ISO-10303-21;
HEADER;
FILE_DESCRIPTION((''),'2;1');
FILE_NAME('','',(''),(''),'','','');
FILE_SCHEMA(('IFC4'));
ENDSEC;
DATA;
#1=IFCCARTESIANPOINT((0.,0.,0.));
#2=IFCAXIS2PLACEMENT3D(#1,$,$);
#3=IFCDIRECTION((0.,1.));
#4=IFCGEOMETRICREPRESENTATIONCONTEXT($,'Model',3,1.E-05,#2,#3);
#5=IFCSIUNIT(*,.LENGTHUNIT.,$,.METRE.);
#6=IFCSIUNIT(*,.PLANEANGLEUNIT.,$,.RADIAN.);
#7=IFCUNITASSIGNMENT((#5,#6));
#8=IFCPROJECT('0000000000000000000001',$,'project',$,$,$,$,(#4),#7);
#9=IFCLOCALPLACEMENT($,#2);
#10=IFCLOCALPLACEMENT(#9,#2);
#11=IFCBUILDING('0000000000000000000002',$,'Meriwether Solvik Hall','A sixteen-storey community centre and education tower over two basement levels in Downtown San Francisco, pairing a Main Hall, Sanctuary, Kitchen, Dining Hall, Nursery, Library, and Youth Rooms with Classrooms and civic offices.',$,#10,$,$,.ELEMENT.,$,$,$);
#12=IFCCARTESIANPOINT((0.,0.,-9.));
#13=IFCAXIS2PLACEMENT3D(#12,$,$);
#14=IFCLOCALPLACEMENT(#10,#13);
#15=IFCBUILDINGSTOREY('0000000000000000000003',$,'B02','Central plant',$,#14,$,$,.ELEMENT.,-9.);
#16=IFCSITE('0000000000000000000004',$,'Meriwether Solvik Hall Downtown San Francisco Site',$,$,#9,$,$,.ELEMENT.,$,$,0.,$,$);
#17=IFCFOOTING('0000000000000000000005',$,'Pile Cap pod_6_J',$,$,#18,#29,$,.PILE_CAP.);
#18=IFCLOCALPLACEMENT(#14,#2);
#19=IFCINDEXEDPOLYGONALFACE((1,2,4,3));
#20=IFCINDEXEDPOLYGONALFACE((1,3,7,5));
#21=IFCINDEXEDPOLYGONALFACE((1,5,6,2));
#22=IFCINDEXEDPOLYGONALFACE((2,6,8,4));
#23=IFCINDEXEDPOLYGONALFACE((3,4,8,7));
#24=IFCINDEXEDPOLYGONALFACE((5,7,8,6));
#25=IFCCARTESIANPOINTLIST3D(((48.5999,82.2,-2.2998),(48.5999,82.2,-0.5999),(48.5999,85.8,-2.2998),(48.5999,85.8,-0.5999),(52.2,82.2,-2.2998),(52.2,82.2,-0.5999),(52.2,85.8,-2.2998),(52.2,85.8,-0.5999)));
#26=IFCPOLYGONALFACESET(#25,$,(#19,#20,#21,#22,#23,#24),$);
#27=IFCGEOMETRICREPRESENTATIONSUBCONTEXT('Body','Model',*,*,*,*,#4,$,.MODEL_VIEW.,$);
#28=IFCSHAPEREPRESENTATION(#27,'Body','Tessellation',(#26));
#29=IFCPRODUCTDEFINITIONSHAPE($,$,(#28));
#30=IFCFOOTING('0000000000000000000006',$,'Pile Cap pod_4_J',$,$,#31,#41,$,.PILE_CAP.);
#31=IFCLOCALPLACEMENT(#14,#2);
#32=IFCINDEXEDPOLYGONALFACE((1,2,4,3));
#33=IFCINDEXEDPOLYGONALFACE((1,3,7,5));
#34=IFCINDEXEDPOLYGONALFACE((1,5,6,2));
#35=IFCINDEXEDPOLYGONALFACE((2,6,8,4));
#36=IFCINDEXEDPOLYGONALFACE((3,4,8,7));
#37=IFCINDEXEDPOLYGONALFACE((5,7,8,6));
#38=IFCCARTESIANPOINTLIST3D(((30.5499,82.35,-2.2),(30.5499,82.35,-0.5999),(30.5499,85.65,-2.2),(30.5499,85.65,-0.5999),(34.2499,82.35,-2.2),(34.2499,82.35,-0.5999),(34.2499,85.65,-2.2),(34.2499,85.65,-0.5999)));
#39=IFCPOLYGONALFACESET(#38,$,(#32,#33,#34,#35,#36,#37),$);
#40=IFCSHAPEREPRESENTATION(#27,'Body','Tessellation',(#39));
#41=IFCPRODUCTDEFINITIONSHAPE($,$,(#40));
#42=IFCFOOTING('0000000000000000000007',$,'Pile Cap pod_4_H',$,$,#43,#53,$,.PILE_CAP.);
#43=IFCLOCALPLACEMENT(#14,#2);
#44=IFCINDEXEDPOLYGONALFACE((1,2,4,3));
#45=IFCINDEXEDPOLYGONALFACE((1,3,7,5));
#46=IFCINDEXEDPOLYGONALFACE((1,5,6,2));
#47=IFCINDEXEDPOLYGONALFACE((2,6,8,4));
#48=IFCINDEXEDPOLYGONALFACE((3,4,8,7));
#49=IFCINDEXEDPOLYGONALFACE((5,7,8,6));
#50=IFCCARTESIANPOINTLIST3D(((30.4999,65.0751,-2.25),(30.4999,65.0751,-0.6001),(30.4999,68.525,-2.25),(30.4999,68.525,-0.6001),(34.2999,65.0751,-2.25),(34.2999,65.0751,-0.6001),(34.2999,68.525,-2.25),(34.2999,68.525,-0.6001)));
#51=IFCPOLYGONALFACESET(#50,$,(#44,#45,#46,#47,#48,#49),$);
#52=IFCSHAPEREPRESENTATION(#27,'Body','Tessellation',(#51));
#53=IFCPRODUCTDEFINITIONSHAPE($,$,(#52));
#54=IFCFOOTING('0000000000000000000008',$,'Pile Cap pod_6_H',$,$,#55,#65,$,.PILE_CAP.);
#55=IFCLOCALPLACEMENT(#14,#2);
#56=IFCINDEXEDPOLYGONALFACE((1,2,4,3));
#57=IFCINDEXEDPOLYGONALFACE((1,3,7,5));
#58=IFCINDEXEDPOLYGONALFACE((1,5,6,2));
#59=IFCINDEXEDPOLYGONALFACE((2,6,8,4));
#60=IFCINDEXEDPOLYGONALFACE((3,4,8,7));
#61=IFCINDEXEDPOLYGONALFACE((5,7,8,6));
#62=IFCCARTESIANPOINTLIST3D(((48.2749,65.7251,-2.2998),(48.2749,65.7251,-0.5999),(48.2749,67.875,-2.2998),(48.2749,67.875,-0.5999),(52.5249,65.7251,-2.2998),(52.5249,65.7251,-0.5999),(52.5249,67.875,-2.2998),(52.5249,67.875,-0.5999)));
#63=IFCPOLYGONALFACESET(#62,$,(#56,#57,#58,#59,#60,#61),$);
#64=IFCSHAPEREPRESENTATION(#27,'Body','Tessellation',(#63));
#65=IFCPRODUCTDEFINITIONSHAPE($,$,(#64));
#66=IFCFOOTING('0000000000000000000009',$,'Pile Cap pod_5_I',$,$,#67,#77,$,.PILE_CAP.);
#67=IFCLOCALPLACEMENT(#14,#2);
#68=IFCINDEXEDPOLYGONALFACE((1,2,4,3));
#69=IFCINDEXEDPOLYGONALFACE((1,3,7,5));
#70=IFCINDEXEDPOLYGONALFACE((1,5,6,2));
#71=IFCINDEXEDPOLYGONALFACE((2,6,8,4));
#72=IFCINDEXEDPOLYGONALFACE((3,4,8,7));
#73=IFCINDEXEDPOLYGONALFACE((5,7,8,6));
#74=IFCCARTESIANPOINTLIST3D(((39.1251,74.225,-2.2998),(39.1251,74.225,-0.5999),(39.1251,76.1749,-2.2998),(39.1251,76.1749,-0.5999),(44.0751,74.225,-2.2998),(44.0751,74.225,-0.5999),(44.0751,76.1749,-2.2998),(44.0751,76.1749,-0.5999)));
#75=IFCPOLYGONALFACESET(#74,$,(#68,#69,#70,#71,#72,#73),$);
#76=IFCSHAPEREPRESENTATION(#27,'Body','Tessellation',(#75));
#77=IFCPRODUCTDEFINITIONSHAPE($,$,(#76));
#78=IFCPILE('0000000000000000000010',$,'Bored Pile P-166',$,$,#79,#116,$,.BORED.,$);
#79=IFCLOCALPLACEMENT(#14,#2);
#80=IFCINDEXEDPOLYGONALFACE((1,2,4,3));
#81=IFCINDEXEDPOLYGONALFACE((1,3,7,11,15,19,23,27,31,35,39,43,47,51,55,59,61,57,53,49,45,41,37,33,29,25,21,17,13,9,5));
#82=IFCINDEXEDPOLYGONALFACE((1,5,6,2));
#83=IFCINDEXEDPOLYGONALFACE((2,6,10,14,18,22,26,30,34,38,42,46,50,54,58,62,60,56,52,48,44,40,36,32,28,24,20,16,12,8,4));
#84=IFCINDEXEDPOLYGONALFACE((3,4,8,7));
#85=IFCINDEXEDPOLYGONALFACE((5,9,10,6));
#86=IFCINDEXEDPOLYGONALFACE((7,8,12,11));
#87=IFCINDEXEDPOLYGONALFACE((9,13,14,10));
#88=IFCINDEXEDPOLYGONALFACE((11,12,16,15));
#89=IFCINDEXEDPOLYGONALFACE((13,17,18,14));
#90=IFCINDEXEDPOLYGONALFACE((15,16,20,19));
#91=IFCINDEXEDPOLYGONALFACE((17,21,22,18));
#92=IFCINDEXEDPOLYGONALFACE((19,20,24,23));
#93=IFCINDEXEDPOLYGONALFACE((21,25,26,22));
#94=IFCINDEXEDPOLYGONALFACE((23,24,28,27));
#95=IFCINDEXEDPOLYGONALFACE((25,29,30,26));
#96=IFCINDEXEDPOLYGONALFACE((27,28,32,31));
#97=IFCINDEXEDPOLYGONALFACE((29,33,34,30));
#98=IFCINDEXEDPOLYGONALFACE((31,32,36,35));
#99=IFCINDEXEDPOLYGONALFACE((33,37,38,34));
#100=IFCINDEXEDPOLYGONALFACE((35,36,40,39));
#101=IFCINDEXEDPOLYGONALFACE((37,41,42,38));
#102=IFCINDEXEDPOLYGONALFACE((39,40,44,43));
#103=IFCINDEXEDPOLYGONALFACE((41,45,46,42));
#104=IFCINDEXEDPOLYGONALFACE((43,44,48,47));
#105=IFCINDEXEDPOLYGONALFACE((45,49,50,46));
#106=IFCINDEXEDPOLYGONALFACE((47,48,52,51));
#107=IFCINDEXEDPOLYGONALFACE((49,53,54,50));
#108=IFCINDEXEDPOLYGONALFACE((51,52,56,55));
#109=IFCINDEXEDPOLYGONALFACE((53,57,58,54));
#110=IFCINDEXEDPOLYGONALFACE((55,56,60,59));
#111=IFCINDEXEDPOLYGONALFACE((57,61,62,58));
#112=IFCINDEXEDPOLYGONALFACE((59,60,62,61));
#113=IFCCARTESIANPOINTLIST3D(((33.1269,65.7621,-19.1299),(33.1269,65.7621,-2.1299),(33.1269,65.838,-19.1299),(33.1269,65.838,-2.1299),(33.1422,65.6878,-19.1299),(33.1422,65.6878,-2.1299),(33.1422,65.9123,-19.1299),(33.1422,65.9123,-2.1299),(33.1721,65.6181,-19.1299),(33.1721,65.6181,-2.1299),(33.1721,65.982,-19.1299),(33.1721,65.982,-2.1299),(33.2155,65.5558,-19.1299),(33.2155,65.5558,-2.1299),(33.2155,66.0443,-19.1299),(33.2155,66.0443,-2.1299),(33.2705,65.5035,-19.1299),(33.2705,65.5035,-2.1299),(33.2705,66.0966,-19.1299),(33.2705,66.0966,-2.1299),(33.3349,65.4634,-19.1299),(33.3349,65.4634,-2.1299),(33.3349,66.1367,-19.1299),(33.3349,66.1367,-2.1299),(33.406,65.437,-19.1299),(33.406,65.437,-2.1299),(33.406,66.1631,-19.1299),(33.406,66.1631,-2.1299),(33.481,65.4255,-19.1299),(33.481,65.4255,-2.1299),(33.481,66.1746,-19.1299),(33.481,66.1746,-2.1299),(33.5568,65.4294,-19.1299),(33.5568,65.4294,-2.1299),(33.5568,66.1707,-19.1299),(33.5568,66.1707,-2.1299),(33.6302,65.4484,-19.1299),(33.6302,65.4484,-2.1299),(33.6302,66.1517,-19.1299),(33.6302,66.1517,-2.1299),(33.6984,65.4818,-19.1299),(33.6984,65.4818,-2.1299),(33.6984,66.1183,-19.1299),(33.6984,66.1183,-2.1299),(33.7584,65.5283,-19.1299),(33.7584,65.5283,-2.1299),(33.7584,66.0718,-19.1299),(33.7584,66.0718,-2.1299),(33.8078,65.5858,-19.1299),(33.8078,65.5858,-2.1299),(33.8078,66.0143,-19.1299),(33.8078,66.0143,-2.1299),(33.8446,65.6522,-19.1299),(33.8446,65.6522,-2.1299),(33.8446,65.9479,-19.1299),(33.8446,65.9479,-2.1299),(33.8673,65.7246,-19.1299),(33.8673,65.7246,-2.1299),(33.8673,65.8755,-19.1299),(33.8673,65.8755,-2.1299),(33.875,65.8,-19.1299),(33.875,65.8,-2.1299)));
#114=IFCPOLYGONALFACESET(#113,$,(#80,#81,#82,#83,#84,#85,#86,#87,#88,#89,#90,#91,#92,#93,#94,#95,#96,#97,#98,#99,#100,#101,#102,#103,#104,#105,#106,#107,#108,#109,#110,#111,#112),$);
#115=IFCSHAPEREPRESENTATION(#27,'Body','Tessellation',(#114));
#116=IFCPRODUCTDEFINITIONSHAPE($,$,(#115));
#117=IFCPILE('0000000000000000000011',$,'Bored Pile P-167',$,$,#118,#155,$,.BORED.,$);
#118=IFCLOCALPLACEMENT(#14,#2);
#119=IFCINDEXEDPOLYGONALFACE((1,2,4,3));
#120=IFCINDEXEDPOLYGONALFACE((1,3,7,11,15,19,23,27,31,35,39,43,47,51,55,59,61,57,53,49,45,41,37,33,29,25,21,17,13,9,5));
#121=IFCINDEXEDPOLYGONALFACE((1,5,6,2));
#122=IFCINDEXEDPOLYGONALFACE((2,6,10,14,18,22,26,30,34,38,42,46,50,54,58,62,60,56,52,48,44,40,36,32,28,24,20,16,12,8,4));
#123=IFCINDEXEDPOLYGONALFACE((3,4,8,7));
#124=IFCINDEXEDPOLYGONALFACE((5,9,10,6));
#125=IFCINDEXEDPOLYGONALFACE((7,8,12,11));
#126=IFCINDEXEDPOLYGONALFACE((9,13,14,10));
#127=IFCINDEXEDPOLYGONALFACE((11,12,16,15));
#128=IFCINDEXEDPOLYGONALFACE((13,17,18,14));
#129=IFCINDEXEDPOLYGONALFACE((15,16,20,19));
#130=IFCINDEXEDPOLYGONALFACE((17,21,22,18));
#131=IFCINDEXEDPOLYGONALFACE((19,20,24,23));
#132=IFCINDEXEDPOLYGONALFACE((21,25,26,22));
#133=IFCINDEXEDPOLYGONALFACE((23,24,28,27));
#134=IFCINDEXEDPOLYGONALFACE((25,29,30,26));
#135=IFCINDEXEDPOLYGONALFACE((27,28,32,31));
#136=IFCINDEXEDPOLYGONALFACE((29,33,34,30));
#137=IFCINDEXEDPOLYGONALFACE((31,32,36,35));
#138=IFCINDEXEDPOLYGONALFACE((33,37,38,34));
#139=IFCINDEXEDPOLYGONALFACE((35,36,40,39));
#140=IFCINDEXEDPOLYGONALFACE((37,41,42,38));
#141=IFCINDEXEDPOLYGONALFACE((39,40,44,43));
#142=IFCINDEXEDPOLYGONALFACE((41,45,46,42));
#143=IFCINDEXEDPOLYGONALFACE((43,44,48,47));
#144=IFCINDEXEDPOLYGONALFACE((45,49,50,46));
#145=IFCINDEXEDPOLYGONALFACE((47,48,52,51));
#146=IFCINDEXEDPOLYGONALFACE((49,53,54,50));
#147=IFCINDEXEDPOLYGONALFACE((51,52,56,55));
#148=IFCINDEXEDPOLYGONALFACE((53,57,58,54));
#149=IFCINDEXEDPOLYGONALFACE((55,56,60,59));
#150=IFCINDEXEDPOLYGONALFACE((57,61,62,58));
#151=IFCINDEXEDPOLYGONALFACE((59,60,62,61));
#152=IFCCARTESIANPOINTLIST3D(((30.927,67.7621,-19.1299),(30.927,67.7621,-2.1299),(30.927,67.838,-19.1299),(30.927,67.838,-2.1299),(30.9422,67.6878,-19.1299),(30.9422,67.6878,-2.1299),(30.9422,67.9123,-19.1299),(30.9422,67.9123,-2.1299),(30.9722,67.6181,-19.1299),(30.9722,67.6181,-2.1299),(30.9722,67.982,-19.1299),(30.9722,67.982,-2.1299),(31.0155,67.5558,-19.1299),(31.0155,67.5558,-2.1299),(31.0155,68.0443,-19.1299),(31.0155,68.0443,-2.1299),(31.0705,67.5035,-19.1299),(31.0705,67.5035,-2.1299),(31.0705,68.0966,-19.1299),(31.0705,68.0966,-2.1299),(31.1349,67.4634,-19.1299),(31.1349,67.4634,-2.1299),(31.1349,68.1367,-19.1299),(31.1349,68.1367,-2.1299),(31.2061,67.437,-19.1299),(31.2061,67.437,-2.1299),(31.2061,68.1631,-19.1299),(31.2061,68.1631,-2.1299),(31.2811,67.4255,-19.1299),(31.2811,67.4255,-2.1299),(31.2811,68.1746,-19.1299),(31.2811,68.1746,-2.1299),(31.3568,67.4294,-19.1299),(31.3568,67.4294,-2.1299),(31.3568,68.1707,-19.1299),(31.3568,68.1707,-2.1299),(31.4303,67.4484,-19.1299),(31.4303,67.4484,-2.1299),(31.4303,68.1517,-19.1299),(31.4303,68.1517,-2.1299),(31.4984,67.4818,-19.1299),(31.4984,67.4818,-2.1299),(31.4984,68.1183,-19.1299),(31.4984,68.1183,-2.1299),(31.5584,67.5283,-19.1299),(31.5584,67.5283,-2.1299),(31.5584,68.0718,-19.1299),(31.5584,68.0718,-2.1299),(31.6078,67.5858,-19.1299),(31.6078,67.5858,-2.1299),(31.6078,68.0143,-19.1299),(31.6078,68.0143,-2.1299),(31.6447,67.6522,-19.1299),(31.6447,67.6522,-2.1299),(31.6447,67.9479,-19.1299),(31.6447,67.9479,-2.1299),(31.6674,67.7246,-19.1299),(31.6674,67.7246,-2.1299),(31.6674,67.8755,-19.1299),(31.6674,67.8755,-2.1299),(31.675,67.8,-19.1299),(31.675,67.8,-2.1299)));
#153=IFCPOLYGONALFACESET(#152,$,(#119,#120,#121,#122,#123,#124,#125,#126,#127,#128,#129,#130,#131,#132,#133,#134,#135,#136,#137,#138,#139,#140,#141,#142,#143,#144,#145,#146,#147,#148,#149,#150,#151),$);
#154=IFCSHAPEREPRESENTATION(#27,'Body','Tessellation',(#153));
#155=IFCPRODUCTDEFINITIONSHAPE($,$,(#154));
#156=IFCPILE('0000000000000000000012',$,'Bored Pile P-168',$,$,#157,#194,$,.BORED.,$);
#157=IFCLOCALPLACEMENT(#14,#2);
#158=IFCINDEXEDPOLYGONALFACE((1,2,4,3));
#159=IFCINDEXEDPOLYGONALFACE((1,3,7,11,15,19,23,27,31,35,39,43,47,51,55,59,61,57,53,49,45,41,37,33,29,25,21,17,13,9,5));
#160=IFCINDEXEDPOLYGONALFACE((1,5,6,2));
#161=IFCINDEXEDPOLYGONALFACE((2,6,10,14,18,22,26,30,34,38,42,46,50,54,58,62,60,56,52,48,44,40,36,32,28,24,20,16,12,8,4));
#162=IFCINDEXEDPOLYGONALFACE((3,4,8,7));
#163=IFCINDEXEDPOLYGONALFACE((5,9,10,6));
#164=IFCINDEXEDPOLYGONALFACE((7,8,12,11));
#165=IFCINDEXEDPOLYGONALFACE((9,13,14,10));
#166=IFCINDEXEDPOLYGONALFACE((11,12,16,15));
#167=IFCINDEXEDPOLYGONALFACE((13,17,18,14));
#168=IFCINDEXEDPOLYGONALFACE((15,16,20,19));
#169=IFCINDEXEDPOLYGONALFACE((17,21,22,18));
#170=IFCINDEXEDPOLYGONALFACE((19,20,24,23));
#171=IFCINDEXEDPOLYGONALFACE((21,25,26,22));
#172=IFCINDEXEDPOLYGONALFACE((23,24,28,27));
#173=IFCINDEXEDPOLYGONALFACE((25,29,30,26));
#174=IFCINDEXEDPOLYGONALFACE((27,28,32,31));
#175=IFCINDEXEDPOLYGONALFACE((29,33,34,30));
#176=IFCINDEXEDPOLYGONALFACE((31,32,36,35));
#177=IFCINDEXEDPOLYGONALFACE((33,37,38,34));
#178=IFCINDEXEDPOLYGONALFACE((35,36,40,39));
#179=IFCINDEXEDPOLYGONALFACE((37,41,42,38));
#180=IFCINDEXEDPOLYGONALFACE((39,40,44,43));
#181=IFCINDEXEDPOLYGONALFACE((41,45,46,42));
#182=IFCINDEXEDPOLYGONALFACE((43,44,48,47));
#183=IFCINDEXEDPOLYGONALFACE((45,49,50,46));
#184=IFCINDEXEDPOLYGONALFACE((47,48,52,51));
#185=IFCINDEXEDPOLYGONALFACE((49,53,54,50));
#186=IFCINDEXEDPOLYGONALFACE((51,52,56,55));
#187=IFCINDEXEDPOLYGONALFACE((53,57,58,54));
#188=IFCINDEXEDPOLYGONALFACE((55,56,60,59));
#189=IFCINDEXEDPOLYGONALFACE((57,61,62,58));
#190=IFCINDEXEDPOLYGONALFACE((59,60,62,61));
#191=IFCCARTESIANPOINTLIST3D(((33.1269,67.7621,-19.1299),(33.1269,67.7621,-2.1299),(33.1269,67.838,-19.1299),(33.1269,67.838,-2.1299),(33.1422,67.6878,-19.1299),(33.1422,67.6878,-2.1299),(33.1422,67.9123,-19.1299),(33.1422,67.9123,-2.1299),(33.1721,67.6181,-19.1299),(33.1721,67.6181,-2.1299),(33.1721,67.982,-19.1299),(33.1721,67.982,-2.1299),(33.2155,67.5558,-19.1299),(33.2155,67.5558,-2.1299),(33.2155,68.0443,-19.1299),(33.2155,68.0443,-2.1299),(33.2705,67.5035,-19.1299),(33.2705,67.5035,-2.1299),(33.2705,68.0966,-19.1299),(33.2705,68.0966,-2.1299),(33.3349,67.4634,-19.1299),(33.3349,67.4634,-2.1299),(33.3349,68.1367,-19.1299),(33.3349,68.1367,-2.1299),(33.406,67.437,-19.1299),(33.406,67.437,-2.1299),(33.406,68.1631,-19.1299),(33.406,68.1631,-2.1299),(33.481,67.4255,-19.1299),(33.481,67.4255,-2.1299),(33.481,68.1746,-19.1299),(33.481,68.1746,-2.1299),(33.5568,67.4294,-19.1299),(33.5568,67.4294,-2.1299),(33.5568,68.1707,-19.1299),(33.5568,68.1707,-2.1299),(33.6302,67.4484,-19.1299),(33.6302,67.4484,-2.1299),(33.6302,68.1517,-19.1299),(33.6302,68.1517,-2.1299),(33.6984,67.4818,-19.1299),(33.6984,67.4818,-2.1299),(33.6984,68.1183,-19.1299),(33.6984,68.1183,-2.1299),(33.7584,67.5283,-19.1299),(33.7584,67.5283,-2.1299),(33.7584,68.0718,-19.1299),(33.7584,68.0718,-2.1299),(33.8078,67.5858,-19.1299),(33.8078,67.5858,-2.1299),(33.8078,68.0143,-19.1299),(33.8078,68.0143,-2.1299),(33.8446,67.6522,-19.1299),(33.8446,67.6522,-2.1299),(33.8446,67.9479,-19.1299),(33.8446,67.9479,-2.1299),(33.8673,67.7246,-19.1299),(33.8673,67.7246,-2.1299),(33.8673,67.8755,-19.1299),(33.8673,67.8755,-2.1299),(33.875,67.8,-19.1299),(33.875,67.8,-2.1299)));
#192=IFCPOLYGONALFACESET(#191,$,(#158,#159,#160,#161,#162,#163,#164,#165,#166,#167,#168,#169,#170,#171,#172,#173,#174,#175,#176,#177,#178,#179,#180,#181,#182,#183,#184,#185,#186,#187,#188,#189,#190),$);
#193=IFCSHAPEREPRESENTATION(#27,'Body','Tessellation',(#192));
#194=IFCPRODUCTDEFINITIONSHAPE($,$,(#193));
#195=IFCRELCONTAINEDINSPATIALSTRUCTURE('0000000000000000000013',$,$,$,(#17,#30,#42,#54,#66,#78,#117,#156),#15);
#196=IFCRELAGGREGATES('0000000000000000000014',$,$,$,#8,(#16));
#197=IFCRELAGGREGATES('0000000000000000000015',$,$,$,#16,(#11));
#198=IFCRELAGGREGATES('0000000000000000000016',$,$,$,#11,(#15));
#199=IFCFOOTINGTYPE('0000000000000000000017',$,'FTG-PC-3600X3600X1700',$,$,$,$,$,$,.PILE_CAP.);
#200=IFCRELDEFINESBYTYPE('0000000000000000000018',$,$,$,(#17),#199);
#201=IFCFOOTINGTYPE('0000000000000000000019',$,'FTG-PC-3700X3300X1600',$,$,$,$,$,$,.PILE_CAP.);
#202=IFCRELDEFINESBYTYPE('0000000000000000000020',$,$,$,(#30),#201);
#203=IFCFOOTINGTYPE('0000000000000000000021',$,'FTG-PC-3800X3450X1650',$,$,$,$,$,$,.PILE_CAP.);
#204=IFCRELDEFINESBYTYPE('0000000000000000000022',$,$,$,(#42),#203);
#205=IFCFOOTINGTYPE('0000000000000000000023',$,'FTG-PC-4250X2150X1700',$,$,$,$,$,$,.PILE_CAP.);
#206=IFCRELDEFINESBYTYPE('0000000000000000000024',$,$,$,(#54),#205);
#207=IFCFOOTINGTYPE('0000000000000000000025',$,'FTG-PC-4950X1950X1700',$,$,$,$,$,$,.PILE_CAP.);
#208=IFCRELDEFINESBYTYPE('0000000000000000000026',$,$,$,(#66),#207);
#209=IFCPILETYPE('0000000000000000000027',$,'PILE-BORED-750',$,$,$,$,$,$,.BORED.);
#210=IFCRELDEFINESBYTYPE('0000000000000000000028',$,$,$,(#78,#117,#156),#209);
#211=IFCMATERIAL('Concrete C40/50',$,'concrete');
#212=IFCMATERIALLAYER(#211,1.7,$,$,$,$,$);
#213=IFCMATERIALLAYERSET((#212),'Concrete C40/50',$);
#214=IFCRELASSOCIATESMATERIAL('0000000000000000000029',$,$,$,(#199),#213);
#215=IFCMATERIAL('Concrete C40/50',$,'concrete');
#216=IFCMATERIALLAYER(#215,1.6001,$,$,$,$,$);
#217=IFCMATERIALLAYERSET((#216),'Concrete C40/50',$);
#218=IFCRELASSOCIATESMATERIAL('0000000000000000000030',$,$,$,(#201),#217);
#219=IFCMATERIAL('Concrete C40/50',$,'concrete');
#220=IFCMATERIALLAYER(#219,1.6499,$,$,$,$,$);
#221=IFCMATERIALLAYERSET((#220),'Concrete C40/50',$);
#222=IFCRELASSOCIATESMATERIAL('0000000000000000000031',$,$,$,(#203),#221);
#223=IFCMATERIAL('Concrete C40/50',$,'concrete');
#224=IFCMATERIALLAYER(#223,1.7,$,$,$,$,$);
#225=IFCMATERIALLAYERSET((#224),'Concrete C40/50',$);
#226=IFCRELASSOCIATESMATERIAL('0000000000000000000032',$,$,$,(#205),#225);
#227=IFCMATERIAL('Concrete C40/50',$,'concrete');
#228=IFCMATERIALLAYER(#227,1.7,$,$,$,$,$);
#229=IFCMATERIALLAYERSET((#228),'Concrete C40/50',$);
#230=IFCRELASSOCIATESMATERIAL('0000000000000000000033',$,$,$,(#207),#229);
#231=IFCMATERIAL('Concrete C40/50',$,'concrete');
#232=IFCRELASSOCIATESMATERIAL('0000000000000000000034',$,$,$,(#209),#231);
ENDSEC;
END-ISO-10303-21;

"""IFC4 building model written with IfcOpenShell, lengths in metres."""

from ifc_helpers import new_model, si_unit, direction, frame, origin, origin_2d, place, context, subcontext, project, spatial, rectangle, circle, extrude, material, layer, layer_set, material_profile, profile_set, type_object, element, save


model = new_model("IFC4")

# Units and contexts
model_context = context("Model", 3, precision=1e-05, world=origin(), true_north=direction((0.0, 1.0)))
body_context = subcontext(model_context, "Body", "Model", "MODEL_VIEW")
ifc_project = project(units=[si_unit("LENGTHUNIT", "METRE"), si_unit("PLANEANGLEUNIT", "RADIAN")], contexts=[model_context])

# Site, building, storey
site_placement = place(None, origin())
site = spatial("IfcSite", under=ifc_project, at=site_placement, Name="Meriwether Solvik Hall Downtown San Francisco Site", CompositionType="ELEMENT", RefElevation=0.0)
building_placement = place(site_placement, origin())
building = spatial("IfcBuilding", under=site, at=building_placement, Name="Meriwether Solvik Hall", Description="A sixteen-storey community centre and education tower over two basement levels in Downtown San Francisco, pairing a Main Hall, Sanctuary, Kitchen, Dining Hall, Nursery, Library, and Youth Rooms with Classrooms and civic offices.", CompositionType="ELEMENT")
storey_placement = place(building_placement, frame((0.0, 0.0, -9.0)))
storey = spatial("IfcBuildingStorey", under=building, at=storey_placement, Name="B02", Description="Central plant", CompositionType="ELEMENT", Elevation=-9.0)

# Footings
ifc_material_1 = material(Name="Concrete C40/50", Category="concrete")
ifc_layer_1 = layer(ifc_material_1, 1.7)
ifc_layer_set_1 = layer_set([ifc_layer_1], Name="Concrete C40/50")
footing_type_1 = type_object("IfcFootingType", Name="FTG-PC-3600X3600X1700", PredefinedType="PILE_CAP", material=ifc_layer_set_1)
footing_1_placement = place(storey_placement, frame((50.3999, 84.0, -2.2998), z_axis=(0.0, 0.0, 1.0), x_axis=(1.0, 0.0, 0.0)))
element("IfcFooting", 1, at=footing_1_placement, inside=storey, type_object=footing_type_1, Name="Pile Cap pod_6_J", PredefinedType="PILE_CAP", context=body_context, shape_type="SweptSolid", body=[
    extrude(rectangle(XDim=3.6001, YDim=3.6001, at=origin_2d()), origin(), (0.0, 0.0, 1.0), 1.7),
])
ifc_material_2 = material(Name="Concrete C40/50", Category="concrete")
ifc_layer_2 = layer(ifc_material_2, 1.6001)
ifc_layer_set_2 = layer_set([ifc_layer_2], Name="Concrete C40/50")
footing_type_2 = type_object("IfcFootingType", Name="FTG-PC-3700X3300X1600", PredefinedType="PILE_CAP", material=ifc_layer_set_2)
footing_2_placement = place(storey_placement, frame((32.3999, 84.0, -2.2), z_axis=(0.0, 0.0, 1.0), x_axis=(1.0, 0.0, 0.0)))
element("IfcFooting", 2, at=footing_2_placement, inside=storey, type_object=footing_type_2, Name="Pile Cap pod_4_J", PredefinedType="PILE_CAP", context=body_context, shape_type="SweptSolid", body=[
    extrude(rectangle(XDim=3.7, YDim=3.3, at=origin_2d()), origin(), (0.0, 0.0, 1.0), 1.6001),
])
ifc_material_3 = material(Name="Concrete C40/50", Category="concrete")
ifc_layer_3 = layer(ifc_material_3, 1.6499)
ifc_layer_set_3 = layer_set([ifc_layer_3], Name="Concrete C40/50")
footing_type_3 = type_object("IfcFootingType", Name="FTG-PC-3800X3450X1650", PredefinedType="PILE_CAP", material=ifc_layer_set_3)
footing_3_placement = place(storey_placement, frame((32.3999, 66.8, -2.25), z_axis=(0.0, 0.0, 1.0), x_axis=(1.0, 0.0, 0.0)))
element("IfcFooting", 3, at=footing_3_placement, inside=storey, type_object=footing_type_3, Name="Pile Cap pod_4_H", PredefinedType="PILE_CAP", context=body_context, shape_type="SweptSolid", body=[
    extrude(rectangle(XDim=3.8, YDim=3.45, at=origin_2d()), origin(), (0.0, 0.0, 1.0), 1.6499),
])
ifc_material_4 = material(Name="Concrete C40/50", Category="concrete")
ifc_layer_4 = layer(ifc_material_4, 1.7)
ifc_layer_set_4 = layer_set([ifc_layer_4], Name="Concrete C40/50")
footing_type_4 = type_object("IfcFootingType", Name="FTG-PC-4250X2150X1700", PredefinedType="PILE_CAP", material=ifc_layer_set_4)
footing_4_placement = place(storey_placement, frame((50.3999, 66.8, -2.2998), z_axis=(0.0, 0.0, 1.0), x_axis=(1.0, 0.0, 0.0)))
element("IfcFooting", 4, at=footing_4_placement, inside=storey, type_object=footing_type_4, Name="Pile Cap pod_6_H", PredefinedType="PILE_CAP", context=body_context, shape_type="SweptSolid", body=[
    extrude(rectangle(XDim=4.25, YDim=2.1499, at=origin_2d()), origin(), (0.0, 0.0, 1.0), 1.7),
])
ifc_material_5 = material(Name="Concrete C40/50", Category="concrete")
ifc_layer_5 = layer(ifc_material_5, 1.7)
ifc_layer_set_5 = layer_set([ifc_layer_5], Name="Concrete C40/50")
footing_type_5 = type_object("IfcFootingType", Name="FTG-PC-4950X1950X1700", PredefinedType="PILE_CAP", material=ifc_layer_set_5)
footing_5_placement = place(storey_placement, frame((41.6001, 75.2, -2.2998), z_axis=(0.0, 0.0, 1.0), x_axis=(1.0, 0.0, 0.0)))
element("IfcFooting", 5, at=footing_5_placement, inside=storey, type_object=footing_type_5, Name="Pile Cap pod_5_I", PredefinedType="PILE_CAP", context=body_context, shape_type="SweptSolid", body=[
    extrude(rectangle(XDim=4.95, YDim=1.95, at=origin_2d()), origin(), (0.0, 0.0, 1.0), 1.7),
])

# Piles
ifc_material_6 = material(Name="Concrete C40/50", Category="concrete")
ifc_material_profile_1 = material_profile(ifc_material_6, circle(Radius=0.375, at=origin_2d()), Name="PILE-D750")
ifc_profile_set_1 = profile_set([ifc_material_profile_1], Name="Concrete C40/50")
pile_type_1 = type_object("IfcPileType", Name="PILE-BORED-750", PredefinedType="BORED", material=ifc_profile_set_1)
for number, where, z_axis, x_axis, name in (
    (6, (33.5, 65.8, -2.1299), (0.0, 0.0, -1.0), (1.0, 0.0, 0.0), "Bored Pile P-166"),
    (7, (31.3, 67.8, -2.1299), (0.0, 0.0, -1.0), (1.0, 0.0, 0.0), "Bored Pile P-167"),
    (8, (33.5, 67.8, -2.1299), (0.0, 0.0, -1.0), (1.0, 0.0, 0.0), "Bored Pile P-168"),
):
    element("IfcPile", number, at=place(storey_placement, frame(where, z_axis=z_axis, x_axis=x_axis)), inside=storey, type_object=pile_type_1, Name=name, PredefinedType="BORED", context=body_context, shape_type="SweptSolid", body=[
        extrude(circle(Radius=0.375, at=origin_2d()), origin(), (0.0, 0.0, 1.0), 17.0),
    ])

save(model, "model.ifc")
